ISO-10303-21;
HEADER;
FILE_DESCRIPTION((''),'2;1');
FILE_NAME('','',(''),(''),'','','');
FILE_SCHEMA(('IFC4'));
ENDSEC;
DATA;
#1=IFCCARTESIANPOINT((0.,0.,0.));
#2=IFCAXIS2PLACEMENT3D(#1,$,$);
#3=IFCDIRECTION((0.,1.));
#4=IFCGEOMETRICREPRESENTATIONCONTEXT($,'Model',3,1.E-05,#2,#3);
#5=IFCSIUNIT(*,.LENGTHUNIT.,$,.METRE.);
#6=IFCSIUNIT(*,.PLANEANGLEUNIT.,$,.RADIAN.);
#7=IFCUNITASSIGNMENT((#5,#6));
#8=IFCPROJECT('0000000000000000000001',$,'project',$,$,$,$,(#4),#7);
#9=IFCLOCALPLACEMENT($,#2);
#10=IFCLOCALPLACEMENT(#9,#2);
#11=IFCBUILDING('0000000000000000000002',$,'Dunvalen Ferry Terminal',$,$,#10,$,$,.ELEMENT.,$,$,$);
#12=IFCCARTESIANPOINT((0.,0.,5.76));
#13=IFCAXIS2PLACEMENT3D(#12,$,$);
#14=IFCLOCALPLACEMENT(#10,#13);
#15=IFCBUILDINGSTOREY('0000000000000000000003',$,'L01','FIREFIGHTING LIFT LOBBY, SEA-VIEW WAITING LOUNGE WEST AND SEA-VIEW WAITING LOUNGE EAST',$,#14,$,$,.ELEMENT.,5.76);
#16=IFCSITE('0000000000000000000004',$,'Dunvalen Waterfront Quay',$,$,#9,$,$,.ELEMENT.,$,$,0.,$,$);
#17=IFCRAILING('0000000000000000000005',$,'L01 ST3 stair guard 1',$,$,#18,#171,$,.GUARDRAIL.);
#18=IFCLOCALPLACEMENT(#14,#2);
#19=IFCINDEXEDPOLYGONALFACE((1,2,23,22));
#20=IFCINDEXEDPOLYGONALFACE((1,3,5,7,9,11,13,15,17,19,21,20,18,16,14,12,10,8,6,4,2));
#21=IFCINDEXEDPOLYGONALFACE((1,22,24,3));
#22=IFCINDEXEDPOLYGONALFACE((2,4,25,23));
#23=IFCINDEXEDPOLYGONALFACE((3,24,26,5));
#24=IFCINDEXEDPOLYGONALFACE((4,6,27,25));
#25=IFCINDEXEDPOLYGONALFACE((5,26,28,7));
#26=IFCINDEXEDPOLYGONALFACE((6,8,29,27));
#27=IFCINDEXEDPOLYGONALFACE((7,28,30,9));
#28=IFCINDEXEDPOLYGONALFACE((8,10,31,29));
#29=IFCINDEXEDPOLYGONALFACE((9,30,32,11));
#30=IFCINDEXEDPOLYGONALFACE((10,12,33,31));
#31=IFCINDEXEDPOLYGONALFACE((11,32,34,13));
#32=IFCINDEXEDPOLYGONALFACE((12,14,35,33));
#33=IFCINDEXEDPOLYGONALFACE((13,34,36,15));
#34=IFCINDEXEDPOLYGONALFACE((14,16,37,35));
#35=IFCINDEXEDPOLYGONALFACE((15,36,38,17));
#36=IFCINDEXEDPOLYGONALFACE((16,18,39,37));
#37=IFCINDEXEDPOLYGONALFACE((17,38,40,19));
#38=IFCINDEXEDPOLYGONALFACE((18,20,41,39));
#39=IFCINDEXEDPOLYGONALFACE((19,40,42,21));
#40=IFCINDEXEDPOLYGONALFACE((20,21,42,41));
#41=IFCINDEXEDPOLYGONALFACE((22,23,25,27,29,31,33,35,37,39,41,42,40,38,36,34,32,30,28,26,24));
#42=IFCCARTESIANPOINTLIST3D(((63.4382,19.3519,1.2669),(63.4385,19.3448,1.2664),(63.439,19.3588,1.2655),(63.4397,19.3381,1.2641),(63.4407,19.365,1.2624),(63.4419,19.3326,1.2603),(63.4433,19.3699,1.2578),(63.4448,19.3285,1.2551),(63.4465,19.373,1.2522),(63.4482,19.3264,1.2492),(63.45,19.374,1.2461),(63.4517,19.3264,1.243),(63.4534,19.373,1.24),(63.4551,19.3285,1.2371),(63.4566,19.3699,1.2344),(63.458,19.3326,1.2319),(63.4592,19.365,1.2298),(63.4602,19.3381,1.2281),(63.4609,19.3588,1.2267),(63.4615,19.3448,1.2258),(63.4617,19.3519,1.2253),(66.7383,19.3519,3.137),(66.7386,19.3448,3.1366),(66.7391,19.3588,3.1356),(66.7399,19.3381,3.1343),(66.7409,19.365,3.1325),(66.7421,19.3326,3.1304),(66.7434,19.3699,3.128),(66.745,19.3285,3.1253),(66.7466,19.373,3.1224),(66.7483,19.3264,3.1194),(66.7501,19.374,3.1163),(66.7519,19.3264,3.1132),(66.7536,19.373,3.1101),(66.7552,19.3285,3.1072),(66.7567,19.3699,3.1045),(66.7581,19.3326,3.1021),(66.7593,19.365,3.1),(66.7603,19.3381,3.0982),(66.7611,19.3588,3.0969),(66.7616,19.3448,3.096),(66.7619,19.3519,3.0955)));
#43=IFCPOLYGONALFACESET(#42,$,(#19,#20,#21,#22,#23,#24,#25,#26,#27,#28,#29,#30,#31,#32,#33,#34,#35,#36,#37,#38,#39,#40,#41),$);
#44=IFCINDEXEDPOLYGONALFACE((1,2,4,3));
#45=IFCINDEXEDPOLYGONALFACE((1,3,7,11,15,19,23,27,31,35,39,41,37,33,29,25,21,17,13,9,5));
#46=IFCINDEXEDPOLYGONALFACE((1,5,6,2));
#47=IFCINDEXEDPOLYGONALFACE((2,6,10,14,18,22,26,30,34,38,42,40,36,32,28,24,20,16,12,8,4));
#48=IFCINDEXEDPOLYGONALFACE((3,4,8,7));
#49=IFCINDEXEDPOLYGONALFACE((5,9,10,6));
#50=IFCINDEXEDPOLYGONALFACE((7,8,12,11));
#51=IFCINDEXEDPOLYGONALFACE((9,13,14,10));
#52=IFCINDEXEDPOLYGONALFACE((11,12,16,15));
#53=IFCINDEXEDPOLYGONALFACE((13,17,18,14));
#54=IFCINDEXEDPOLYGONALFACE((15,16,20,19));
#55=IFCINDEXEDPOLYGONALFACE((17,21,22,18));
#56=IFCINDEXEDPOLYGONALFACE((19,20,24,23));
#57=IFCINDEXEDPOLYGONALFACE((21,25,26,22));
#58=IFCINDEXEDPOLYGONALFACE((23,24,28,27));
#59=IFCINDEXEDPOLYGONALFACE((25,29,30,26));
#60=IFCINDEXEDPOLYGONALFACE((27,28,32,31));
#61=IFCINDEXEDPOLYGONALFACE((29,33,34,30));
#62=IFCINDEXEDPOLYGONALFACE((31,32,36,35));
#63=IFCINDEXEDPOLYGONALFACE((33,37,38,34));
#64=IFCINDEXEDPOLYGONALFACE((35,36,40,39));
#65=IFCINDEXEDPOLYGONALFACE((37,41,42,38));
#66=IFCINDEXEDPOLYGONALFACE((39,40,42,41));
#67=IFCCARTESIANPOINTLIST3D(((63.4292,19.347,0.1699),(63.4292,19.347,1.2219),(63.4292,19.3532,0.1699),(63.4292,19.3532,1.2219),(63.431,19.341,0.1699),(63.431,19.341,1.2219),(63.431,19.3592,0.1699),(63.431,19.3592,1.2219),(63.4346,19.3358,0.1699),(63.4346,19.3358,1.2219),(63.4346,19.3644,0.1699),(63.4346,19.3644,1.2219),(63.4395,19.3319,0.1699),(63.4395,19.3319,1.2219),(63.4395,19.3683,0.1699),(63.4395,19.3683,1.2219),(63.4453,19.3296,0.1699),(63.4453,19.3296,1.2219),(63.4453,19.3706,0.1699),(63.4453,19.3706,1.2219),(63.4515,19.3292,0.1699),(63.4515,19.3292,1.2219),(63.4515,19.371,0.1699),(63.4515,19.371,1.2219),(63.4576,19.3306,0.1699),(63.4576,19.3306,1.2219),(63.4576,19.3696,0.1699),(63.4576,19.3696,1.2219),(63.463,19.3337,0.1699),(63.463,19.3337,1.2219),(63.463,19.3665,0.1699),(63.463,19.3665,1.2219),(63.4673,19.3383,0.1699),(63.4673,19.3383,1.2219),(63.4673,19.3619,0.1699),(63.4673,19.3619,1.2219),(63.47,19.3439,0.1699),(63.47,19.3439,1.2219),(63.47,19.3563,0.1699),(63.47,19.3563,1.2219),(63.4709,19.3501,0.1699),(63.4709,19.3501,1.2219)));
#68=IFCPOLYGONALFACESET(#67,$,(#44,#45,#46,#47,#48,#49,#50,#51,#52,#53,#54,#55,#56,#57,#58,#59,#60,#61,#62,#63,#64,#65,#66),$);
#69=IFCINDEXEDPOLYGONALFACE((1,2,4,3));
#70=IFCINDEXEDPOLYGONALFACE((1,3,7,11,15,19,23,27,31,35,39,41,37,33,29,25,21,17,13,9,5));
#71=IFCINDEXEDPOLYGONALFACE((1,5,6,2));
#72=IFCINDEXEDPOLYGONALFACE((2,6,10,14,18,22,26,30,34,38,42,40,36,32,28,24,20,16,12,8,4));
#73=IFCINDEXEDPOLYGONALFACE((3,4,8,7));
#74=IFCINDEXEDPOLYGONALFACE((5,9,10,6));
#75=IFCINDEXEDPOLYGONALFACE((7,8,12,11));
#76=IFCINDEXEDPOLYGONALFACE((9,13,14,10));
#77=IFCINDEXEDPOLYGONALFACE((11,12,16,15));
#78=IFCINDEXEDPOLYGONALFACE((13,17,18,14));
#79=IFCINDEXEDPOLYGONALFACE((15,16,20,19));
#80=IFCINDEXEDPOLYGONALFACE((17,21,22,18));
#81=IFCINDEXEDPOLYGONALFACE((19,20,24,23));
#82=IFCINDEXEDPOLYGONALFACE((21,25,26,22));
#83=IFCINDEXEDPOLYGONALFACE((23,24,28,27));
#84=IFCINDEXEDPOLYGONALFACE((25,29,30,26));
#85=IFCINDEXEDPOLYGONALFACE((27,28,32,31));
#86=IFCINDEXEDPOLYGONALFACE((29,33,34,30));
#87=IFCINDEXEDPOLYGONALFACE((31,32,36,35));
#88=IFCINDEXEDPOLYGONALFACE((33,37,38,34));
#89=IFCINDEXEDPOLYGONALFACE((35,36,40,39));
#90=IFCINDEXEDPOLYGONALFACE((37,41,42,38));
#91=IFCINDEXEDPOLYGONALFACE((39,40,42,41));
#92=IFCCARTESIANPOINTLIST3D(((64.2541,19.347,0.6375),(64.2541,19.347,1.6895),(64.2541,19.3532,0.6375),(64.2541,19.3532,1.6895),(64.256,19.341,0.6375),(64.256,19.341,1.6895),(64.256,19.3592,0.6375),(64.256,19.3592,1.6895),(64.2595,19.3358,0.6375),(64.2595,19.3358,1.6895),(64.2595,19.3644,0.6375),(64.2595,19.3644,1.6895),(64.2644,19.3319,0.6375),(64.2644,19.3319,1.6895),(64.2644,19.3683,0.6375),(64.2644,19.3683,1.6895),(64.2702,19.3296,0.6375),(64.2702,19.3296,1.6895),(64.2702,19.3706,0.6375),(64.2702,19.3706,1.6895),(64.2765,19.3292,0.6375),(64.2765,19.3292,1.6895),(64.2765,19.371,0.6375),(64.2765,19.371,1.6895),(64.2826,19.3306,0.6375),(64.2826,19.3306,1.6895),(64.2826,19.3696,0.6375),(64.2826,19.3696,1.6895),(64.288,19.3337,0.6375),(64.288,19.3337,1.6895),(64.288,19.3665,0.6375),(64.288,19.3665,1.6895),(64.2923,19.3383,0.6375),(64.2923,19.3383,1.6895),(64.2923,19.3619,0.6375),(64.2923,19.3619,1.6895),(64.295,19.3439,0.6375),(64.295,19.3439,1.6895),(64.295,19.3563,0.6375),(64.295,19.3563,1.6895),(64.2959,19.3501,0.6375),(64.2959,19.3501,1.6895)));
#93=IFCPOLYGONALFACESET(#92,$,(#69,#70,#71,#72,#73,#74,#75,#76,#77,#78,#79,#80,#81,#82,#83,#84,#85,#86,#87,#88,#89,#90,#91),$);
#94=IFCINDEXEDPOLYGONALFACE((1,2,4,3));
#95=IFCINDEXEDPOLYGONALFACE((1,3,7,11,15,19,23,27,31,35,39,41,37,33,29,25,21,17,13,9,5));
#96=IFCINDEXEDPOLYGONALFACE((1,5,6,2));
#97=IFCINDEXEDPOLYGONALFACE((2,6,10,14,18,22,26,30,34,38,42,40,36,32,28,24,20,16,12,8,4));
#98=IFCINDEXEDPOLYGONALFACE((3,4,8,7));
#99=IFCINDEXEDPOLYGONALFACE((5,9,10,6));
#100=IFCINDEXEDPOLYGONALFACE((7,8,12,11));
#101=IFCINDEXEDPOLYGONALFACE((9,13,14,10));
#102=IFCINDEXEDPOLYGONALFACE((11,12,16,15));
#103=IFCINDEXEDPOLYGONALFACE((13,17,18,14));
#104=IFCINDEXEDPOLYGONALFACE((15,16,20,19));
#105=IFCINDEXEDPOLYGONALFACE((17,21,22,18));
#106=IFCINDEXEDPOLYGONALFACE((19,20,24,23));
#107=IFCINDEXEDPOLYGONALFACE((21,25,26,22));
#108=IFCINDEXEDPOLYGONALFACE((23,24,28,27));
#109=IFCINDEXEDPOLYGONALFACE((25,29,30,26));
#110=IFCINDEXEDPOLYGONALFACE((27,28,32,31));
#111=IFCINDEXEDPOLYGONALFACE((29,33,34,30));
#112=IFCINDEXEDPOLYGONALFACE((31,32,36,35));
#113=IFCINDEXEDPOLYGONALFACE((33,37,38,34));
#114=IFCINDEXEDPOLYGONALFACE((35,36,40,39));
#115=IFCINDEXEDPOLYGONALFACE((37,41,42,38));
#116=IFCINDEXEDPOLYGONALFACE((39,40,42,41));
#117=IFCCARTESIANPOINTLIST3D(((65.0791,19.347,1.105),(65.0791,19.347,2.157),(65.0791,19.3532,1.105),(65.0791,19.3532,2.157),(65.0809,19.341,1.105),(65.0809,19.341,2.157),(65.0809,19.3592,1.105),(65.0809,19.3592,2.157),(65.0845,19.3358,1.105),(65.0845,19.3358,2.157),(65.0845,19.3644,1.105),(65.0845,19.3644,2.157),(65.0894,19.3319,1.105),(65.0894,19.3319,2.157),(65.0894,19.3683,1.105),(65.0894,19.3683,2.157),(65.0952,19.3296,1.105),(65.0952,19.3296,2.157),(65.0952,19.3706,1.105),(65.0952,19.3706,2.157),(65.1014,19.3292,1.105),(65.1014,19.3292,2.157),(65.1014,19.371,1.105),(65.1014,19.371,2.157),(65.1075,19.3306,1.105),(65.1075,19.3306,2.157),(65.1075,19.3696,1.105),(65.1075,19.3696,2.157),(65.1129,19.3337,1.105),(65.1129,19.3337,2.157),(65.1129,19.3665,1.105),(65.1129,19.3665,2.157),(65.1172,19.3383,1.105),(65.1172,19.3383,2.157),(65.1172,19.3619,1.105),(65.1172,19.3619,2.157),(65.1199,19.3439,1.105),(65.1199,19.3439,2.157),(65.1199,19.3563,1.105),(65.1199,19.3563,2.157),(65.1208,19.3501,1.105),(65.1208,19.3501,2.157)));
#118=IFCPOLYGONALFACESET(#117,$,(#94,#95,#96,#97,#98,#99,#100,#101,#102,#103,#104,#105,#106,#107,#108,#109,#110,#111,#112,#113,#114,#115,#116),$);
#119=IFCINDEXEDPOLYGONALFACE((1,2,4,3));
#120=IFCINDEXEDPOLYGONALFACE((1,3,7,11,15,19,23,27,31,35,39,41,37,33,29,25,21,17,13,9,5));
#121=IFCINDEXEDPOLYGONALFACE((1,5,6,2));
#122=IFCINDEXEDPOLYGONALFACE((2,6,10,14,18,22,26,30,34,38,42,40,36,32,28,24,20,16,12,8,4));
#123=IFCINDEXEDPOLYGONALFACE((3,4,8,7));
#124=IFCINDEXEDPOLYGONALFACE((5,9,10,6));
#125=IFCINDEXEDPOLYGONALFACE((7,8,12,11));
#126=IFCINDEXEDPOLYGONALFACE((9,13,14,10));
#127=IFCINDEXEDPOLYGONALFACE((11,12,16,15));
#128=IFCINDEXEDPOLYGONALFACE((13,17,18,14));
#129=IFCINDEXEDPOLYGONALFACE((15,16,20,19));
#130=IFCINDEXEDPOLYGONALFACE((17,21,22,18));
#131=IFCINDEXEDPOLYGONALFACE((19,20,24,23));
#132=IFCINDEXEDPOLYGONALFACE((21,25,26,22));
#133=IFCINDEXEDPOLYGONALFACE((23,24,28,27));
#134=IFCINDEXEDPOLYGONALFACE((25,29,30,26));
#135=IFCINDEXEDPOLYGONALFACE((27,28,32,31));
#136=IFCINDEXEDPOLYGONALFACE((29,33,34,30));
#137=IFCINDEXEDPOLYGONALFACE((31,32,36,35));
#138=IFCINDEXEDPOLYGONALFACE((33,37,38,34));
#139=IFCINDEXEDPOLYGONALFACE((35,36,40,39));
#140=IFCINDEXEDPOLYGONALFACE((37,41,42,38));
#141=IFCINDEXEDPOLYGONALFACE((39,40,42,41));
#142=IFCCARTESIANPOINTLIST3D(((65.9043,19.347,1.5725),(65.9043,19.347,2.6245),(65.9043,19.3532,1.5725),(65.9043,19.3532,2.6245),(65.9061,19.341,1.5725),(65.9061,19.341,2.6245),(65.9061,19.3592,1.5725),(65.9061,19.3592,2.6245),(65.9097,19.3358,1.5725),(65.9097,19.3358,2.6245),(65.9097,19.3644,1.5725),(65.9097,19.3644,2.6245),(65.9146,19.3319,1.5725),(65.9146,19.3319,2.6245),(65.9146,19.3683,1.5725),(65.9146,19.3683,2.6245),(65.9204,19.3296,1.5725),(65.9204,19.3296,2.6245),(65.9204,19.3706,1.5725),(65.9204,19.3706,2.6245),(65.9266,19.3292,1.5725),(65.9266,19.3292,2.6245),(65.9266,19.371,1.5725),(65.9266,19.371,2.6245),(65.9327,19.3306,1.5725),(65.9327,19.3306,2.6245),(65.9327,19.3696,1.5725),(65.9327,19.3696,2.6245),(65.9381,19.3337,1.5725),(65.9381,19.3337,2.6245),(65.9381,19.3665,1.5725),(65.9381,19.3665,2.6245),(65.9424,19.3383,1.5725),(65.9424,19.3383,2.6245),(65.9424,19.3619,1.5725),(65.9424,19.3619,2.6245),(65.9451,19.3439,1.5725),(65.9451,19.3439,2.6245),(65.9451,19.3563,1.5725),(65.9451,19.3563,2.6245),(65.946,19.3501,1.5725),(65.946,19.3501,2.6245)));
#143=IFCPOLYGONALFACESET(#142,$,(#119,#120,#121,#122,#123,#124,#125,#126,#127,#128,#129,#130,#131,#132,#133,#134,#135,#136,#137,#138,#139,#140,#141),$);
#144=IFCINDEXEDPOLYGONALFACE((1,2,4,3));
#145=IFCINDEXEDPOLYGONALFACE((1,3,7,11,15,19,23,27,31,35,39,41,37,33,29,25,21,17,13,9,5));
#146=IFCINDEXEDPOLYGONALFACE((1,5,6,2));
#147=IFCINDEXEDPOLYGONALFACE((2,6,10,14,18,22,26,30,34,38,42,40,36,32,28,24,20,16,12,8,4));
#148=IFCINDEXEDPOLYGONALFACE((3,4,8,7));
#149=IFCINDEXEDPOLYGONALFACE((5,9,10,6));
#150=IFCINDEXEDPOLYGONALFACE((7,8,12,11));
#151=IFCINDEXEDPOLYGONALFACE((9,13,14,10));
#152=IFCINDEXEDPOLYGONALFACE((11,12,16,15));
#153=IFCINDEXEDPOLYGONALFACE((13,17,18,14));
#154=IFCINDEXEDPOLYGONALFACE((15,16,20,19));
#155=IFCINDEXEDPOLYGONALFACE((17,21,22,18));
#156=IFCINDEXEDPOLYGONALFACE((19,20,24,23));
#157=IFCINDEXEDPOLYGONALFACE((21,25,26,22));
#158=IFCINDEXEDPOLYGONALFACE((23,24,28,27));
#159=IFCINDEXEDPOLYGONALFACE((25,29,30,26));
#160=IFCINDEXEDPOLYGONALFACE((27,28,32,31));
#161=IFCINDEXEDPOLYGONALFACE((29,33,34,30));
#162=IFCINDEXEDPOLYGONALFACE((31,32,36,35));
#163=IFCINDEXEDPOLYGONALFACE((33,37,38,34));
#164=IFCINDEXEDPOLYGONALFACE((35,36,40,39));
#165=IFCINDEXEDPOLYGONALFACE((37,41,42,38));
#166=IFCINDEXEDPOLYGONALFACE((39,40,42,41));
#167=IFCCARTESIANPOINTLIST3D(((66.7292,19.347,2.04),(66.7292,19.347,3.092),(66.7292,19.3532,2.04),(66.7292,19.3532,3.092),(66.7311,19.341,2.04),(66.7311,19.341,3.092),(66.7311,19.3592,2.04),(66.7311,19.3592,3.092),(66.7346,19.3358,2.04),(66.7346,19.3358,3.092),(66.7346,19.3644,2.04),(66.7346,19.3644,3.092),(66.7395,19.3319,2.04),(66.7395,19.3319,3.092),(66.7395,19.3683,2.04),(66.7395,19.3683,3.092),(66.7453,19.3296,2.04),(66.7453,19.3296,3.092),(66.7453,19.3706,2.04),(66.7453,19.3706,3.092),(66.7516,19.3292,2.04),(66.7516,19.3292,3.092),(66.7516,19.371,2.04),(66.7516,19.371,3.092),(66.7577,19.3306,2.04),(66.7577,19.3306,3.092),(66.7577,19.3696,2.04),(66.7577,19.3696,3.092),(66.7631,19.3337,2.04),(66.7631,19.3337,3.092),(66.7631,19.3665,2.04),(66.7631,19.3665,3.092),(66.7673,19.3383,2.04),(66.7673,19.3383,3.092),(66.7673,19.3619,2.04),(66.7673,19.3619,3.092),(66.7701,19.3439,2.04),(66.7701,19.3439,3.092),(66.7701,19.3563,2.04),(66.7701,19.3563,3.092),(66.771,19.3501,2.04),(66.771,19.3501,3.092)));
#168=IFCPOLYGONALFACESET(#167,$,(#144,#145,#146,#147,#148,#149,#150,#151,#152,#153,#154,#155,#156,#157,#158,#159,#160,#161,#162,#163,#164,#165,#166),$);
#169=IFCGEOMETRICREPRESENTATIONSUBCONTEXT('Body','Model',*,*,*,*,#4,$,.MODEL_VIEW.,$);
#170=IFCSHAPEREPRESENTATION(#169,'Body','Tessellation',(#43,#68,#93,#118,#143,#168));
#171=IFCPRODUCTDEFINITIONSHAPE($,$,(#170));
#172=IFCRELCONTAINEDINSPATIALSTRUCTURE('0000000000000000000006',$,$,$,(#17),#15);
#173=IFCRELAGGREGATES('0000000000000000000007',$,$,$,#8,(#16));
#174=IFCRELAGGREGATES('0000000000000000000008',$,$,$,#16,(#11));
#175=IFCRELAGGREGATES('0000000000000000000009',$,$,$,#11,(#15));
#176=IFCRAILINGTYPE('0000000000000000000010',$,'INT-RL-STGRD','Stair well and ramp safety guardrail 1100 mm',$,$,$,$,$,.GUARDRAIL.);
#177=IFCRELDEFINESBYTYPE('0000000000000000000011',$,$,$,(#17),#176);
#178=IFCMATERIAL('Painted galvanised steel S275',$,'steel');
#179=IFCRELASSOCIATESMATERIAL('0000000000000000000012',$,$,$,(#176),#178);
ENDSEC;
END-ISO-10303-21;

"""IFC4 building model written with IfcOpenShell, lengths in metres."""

from ifc_helpers import new_model, si_unit, direction, frame, origin, origin_2d, place, context, subcontext, project, spatial, circle, extrude, material, type_object, element, save


model = new_model("IFC4")

# Units and contexts
model_context = context("Model", 3, precision=1e-05, world=origin(), true_north=direction((0.0, 1.0)))
body_context = subcontext(model_context, "Body", "Model", "MODEL_VIEW")
ifc_project = project(units=[si_unit("LENGTHUNIT", "METRE"), si_unit("PLANEANGLEUNIT", "RADIAN")], contexts=[model_context])

# Site, building, storey
site_placement = place(None, origin())
site = spatial("IfcSite", under=ifc_project, at=site_placement, Name="Dunvalen Waterfront Quay", CompositionType="ELEMENT", RefElevation=0.0)
building_placement = place(site_placement, origin())
building = spatial("IfcBuilding", under=site, at=building_placement, Name="Dunvalen Ferry Terminal", CompositionType="ELEMENT")
storey_placement = place(building_placement, frame((0.0, 0.0, 5.76)))
storey = spatial("IfcBuildingStorey", under=building, at=storey_placement, Name="L01", Description="FIREFIGHTING LIFT LOBBY, SEA-VIEW WAITING LOUNGE WEST AND SEA-VIEW WAITING LOUNGE EAST", CompositionType="ELEMENT", Elevation=5.76)

# Railing
ifc_material_1 = material(Name="Painted galvanised steel S275", Category="steel")
railing_type_1 = type_object("IfcRailingType", Name="INT-RL-STGRD", Description="Stair well and ramp safety guardrail 1100 mm", PredefinedType="GUARDRAIL", material=ifc_material_1)
railing_1_placement = place(storey_placement, frame((63.45, 19.3501, 0.1699)))
element("IfcRailing", 1, at=railing_1_placement, inside=storey, type_object=railing_type_1, Name="L01 ST3 stair guard 1", PredefinedType="GUARDRAIL", context=body_context, shape_type="SweptSolid", body=[
    extrude(circle(Radius=0.0239, at=origin_2d()), frame((0.0, 0.0, 1.0762), z_axis=(0.870012, 0.0, 0.49303), x_axis=(0.0, 1.0, 0.0)), (0.0, 0.0, 1.0), 3.7932),
    extrude(circle(Radius=0.021, at=origin_2d()), origin(), (0.0, 0.0, 1.0), 1.052),
    extrude(circle(Radius=0.021, at=origin_2d()), frame((0.825, 0.0, 0.4675)), (0.0, 0.0, 1.0), 1.052),
    extrude(circle(Radius=0.021, at=origin_2d()), frame((1.6499, 0.0, 0.9351)), (0.0, 0.0, 1.0), 1.052),
    extrude(circle(Radius=0.021, at=origin_2d()), frame((2.4751, 0.0, 1.4026)), (0.0, 0.0, 1.0), 1.052),
    extrude(circle(Radius=0.021, at=origin_2d()), frame((3.3, 0.0, 1.8701)), (0.0, 0.0, 1.0), 1.052),
])

save(model, "model.ifc")
